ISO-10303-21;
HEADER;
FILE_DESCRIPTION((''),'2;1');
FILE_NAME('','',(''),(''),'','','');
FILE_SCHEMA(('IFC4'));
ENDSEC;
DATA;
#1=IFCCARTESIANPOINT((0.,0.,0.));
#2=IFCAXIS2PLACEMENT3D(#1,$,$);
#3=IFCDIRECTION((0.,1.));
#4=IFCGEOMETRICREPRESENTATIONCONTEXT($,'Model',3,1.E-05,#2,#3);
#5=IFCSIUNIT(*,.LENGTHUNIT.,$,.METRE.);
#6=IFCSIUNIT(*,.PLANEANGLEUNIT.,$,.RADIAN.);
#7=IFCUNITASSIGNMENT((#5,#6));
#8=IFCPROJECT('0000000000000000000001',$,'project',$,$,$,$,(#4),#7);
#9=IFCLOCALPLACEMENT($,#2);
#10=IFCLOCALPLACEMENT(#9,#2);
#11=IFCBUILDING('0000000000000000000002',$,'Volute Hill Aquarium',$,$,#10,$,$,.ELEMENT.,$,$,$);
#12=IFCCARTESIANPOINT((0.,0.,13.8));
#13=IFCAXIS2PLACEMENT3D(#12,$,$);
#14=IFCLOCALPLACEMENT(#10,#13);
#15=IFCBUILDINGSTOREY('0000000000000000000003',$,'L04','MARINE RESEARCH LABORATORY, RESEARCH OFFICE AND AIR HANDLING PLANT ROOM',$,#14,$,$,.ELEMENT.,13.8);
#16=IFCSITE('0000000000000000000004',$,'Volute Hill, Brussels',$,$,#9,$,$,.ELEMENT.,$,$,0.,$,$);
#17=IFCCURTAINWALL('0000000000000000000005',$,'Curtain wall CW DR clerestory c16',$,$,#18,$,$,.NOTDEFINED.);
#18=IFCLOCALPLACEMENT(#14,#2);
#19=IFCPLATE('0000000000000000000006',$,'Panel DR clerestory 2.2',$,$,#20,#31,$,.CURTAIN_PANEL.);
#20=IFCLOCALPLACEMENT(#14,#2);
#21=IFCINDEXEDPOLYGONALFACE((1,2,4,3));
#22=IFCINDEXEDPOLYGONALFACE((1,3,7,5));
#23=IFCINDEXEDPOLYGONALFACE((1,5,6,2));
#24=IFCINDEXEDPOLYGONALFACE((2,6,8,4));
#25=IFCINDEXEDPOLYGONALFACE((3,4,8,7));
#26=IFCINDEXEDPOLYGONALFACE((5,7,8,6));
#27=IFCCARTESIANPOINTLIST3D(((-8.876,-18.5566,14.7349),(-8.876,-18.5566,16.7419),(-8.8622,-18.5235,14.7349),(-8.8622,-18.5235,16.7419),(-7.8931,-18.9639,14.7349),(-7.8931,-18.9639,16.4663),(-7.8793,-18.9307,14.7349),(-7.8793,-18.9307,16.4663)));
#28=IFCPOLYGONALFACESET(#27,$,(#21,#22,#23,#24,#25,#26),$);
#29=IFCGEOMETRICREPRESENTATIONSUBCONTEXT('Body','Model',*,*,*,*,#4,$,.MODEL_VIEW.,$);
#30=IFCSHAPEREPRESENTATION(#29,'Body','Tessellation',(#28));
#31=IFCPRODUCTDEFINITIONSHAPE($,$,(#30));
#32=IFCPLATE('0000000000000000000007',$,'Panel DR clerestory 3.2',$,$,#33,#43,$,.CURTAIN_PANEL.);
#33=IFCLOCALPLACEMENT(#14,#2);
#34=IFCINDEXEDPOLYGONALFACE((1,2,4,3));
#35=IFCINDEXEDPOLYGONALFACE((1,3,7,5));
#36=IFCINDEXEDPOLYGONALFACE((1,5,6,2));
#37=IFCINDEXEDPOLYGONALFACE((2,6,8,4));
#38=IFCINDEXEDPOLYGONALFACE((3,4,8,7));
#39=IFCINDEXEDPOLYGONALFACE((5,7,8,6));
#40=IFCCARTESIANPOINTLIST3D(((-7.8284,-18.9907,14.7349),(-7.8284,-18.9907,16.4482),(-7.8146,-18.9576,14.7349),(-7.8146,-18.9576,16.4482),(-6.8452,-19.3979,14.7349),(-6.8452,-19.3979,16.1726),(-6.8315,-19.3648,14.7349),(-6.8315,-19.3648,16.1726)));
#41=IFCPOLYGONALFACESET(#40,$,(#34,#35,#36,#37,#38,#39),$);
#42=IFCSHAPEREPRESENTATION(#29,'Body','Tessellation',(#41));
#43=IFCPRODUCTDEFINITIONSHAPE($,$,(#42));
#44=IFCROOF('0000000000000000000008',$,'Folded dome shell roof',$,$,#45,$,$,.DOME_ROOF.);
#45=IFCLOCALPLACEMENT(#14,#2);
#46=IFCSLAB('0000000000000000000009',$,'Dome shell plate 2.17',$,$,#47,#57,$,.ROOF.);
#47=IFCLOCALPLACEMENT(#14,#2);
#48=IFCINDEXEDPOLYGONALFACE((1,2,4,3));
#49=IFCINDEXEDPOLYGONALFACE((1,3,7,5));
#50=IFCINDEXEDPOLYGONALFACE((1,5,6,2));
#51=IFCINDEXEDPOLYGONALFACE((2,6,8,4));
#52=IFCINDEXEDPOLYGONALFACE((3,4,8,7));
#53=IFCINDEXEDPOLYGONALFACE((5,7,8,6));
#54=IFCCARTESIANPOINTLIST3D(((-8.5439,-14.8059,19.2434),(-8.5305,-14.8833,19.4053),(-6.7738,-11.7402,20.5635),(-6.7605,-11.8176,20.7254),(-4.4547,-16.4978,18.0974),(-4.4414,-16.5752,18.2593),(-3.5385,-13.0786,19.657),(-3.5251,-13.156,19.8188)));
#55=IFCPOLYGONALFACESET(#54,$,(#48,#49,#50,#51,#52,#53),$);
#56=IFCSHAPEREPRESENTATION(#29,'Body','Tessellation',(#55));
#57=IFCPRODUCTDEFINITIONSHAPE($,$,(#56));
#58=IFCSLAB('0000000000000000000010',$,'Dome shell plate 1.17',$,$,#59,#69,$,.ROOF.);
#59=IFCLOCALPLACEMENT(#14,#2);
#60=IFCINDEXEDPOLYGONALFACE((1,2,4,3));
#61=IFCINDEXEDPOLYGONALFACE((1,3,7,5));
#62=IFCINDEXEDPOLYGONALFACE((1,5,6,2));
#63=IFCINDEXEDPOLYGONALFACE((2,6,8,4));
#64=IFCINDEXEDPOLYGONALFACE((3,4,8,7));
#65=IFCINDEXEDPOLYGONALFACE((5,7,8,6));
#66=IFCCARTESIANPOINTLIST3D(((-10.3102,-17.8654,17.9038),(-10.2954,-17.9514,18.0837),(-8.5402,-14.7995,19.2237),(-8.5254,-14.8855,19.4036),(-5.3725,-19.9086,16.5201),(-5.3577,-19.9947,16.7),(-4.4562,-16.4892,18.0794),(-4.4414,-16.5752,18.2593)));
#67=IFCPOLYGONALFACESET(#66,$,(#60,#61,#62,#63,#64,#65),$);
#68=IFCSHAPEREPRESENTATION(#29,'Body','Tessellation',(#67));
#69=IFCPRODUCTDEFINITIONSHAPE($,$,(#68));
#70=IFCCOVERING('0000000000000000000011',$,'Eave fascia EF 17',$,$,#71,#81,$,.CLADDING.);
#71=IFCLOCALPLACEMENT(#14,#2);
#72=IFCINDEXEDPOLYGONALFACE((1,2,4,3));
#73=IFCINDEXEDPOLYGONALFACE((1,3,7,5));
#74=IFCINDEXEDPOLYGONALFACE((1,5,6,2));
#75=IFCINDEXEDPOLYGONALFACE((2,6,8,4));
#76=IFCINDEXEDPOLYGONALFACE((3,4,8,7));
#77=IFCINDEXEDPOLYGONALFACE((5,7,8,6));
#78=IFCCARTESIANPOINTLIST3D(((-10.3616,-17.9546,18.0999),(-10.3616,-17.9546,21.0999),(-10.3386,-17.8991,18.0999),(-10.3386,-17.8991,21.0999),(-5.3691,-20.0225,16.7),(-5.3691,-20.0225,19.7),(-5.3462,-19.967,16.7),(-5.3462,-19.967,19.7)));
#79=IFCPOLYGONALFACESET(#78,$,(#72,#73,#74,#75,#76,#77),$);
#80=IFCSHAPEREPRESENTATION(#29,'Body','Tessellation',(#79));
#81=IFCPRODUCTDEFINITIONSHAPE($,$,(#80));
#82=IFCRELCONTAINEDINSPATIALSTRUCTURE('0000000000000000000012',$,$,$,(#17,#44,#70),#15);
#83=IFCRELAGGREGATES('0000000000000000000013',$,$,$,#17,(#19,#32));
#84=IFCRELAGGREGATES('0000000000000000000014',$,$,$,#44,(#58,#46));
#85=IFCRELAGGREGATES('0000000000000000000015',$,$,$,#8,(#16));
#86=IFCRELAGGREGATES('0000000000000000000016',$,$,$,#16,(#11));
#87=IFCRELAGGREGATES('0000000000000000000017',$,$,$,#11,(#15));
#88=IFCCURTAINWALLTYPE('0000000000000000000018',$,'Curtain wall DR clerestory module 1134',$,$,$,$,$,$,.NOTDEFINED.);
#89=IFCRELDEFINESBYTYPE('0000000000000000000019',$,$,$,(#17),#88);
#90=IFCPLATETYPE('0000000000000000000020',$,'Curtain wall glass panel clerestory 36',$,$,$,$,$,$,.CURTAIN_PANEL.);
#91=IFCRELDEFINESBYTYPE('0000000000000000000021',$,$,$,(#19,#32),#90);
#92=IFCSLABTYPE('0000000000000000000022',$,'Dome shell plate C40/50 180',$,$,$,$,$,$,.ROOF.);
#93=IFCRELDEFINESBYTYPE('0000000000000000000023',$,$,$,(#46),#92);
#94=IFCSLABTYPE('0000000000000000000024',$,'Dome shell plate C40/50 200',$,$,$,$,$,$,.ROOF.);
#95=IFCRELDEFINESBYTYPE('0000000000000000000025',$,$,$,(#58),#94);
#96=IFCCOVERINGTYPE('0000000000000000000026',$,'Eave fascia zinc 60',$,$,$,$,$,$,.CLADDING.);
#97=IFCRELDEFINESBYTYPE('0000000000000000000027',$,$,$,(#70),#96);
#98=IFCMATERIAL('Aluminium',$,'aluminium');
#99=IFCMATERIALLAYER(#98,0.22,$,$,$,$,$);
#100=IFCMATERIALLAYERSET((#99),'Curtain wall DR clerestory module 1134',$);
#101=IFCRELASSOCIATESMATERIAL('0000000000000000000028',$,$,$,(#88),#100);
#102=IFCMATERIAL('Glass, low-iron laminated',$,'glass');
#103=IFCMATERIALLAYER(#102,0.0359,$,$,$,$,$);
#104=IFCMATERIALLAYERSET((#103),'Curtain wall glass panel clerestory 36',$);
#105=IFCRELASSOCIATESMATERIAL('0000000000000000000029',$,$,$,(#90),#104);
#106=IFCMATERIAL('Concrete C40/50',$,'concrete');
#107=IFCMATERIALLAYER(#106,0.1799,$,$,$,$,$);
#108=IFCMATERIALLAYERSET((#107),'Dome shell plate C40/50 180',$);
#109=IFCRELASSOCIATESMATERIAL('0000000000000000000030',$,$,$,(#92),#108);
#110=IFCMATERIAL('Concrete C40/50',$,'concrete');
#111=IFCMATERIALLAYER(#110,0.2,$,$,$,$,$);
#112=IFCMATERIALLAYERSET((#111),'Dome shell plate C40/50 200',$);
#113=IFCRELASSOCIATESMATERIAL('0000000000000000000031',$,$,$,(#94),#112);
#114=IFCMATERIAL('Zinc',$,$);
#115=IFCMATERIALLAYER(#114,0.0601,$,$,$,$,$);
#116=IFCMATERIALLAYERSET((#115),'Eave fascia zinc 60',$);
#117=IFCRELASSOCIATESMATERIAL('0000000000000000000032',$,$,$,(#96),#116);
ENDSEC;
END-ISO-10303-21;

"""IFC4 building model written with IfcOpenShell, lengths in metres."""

from ifc_helpers import new_model, si_unit, direction, frame, origin, place, context, subcontext, project, spatial, polyline, outline, extrude, material, layer, layer_set, type_object, element, aggregate, save


model = new_model("IFC4")

# Units and contexts
model_context = context("Model", 3, precision=1e-05, world=origin(), true_north=direction((0.0, 1.0)))
body_context = subcontext(model_context, "Body", "Model", "MODEL_VIEW")
ifc_project = project(units=[si_unit("LENGTHUNIT", "METRE"), si_unit("PLANEANGLEUNIT", "RADIAN")], contexts=[model_context])

# Site, building, storey
site_placement = place(None, origin())
site = spatial("IfcSite", under=ifc_project, at=site_placement, Name="Volute Hill, Brussels", CompositionType="ELEMENT", RefElevation=0.0)
building_placement = place(site_placement, origin())
building = spatial("IfcBuilding", under=site, at=building_placement, Name="Volute Hill Aquarium", CompositionType="ELEMENT")
storey_placement = place(building_placement, frame((0.0, 0.0, 13.8)))
storey = spatial("IfcBuildingStorey", under=building, at=storey_placement, Name="L04", Description="MARINE RESEARCH LABORATORY, RESEARCH OFFICE AND AIR HANDLING PLANT ROOM", CompositionType="ELEMENT", Elevation=13.8)

# Shared definitions
ifc_material_1 = material(Name="Aluminium", Category="aluminium")
ifc_layer_1 = layer(ifc_material_1, 0.22)
ifc_layer_set_1 = layer_set([ifc_layer_1], Name="Curtain wall DR clerestory module 1134")
curtain_wall_type = type_object("IfcCurtainWallType", Name="Curtain wall DR clerestory module 1134", PredefinedType="NOTDEFINED", material=ifc_layer_set_1)

# Curtain wall
curtain_wall_1_placement = place(storey_placement, origin())
curtain_wall_1 = element("IfcCurtainWall", 1, at=curtain_wall_1_placement, inside=storey, type_object=curtain_wall_type, Name="Curtain wall CW DR clerestory c16", PredefinedType="NOTDEFINED")

# Plates
ifc_material_2 = material(Name="Glass, low-iron laminated", Category="glass")
ifc_layer_2 = layer(ifc_material_2, 0.0359)
ifc_layer_set_2 = layer_set([ifc_layer_2], Name="Curtain wall glass panel clerestory 36")
plate_type = type_object("IfcPlateType", Name="Curtain wall glass panel clerestory 36", PredefinedType="CURTAIN_PANEL", material=ifc_layer_set_2)
plate_1_placement = place(storey_placement, frame((-8.876, -18.5566, 14.7349), z_axis=(-0.382757, -0.923849, 0.0), x_axis=(0.923849, -0.382757, 0.0)))
plate_1 = element("IfcPlate", 2, at=plate_1_placement, type_object=plate_type, Name="Panel DR clerestory 2.2", PredefinedType="CURTAIN_PANEL", context=body_context, shape_type="SweptSolid", body=[
    extrude(outline(polyline([(0.0, 0.0), (1.0639, 0.0), (1.0639, 1.7314), (0.0, 2.0071), (0.0, 0.0)])), origin(), (0.0, 0.0, -1.0), 0.0359),
])
plate_2_placement = place(storey_placement, frame((-7.8284, -18.9907, 14.7349), z_axis=(-0.382676, -0.923883, 0.0), x_axis=(0.923883, -0.382676, 0.0)))
plate_2 = element("IfcPlate", 3, at=plate_2_placement, type_object=plate_type, Name="Panel DR clerestory 3.2", PredefinedType="CURTAIN_PANEL", context=body_context, shape_type="SweptSolid", body=[
    extrude(outline(polyline([(0.0, 0.0), (1.0642, 0.0), (1.0642, 1.4377), (0.0, 1.7134), (0.0, 0.0)])), origin(), (0.0, 0.0, -1.0), 0.0359),
])
aggregate(curtain_wall_1, [plate_1, plate_2])

# Roof, slabs
roof_placement = place(storey_placement, origin())
roof = element("IfcRoof", 4, at=roof_placement, inside=storey, Name="Folded dome shell roof", PredefinedType="DOME_ROOF")
ifc_material_3 = material(Name="Concrete C40/50", Category="concrete")
ifc_layer_3 = layer(ifc_material_3, 0.1799)
ifc_layer_set_3 = layer_set([ifc_layer_3], Name="Dome shell plate C40/50 180")
slab_type_1 = type_object("IfcSlabType", Name="Dome shell plate C40/50 180", PredefinedType="ROOF", material=ifc_layer_set_3)
slab_1_placement = place(storey_placement, frame((-8.5305, -14.8833, 19.4053), z_axis=(0.074124, -0.430213, 0.899679), x_axis=(0.894522, -0.370118, -0.250684)))
slab_1 = element("IfcSlab", 5, at=slab_1_placement, type_object=slab_type_1, Name="Dome shell plate 2.17", PredefinedType="ROOF", context=body_context, shape_type="SweptSolid", body=[
    extrude(outline(polyline([(0.0, 0.0), (4.5713, 0.0), (3.7344, 3.7765), (0.1177, 3.7762), (0.0, 0.0)])), origin(), (0.0, 0.0, -1.0), 0.1799),
])
ifc_material_4 = material(Name="Concrete C40/50", Category="concrete")
ifc_layer_4 = layer(ifc_material_4, 0.2)
ifc_layer_set_4 = layer_set([ifc_layer_4], Name="Dome shell plate C40/50 200")
slab_type_2 = type_object("IfcSlabType", Name="Dome shell plate C40/50 200", PredefinedType="ROOF", material=ifc_layer_set_4)
slab_2_placement = place(storey_placement, frame((-10.2954, -17.9514, 18.0837), z_axis=(0.074142, -0.430136, 0.899715), x_axis=(0.894512, -0.370149, -0.250674)))
slab_2 = element("IfcSlab", 6, at=slab_2_placement, type_object=slab_type_2, Name="Dome shell plate 1.17", PredefinedType="ROOF", context=body_context, shape_type="SweptSolid", body=[
    extrude(outline(polyline([(0.0, 0.0), (5.52, 0.0), (4.6831, 3.7766), (0.1176, 3.7764), (0.0, 0.0)])), origin(), (0.0, 0.0, -1.0), 0.2),
])
aggregate(roof, [slab_2, slab_1])

# Covering
ifc_material_5 = material(Name="Zinc")
ifc_layer_5 = layer(ifc_material_5, 0.0601)
ifc_layer_set_5 = layer_set([ifc_layer_5], Name="Eave fascia zinc 60")
covering_type = type_object("IfcCoveringType", Name="Eave fascia zinc 60", PredefinedType="CLADDING", material=ifc_layer_set_5)
covering_placement = place(storey_placement, frame((-10.3616, -17.9546, 18.0999), z_axis=(-0.382674, -0.923884, 0.0), x_axis=(0.894359, -0.370445, -0.250783)))
element("IfcCovering", 7, at=covering_placement, inside=storey, type_object=covering_type, Name="Eave fascia EF 17", PredefinedType="CLADDING", context=body_context, shape_type="SweptSolid", body=[
    extrude(outline(polyline([(0.0, 0.0), (5.5821, 0.0), (4.8298, 2.9041), (-0.7523, 2.9041), (0.0, 0.0)])), origin(), (0.0, 0.0, -1.0), 0.0601),
])

save(model, "model.ifc")
